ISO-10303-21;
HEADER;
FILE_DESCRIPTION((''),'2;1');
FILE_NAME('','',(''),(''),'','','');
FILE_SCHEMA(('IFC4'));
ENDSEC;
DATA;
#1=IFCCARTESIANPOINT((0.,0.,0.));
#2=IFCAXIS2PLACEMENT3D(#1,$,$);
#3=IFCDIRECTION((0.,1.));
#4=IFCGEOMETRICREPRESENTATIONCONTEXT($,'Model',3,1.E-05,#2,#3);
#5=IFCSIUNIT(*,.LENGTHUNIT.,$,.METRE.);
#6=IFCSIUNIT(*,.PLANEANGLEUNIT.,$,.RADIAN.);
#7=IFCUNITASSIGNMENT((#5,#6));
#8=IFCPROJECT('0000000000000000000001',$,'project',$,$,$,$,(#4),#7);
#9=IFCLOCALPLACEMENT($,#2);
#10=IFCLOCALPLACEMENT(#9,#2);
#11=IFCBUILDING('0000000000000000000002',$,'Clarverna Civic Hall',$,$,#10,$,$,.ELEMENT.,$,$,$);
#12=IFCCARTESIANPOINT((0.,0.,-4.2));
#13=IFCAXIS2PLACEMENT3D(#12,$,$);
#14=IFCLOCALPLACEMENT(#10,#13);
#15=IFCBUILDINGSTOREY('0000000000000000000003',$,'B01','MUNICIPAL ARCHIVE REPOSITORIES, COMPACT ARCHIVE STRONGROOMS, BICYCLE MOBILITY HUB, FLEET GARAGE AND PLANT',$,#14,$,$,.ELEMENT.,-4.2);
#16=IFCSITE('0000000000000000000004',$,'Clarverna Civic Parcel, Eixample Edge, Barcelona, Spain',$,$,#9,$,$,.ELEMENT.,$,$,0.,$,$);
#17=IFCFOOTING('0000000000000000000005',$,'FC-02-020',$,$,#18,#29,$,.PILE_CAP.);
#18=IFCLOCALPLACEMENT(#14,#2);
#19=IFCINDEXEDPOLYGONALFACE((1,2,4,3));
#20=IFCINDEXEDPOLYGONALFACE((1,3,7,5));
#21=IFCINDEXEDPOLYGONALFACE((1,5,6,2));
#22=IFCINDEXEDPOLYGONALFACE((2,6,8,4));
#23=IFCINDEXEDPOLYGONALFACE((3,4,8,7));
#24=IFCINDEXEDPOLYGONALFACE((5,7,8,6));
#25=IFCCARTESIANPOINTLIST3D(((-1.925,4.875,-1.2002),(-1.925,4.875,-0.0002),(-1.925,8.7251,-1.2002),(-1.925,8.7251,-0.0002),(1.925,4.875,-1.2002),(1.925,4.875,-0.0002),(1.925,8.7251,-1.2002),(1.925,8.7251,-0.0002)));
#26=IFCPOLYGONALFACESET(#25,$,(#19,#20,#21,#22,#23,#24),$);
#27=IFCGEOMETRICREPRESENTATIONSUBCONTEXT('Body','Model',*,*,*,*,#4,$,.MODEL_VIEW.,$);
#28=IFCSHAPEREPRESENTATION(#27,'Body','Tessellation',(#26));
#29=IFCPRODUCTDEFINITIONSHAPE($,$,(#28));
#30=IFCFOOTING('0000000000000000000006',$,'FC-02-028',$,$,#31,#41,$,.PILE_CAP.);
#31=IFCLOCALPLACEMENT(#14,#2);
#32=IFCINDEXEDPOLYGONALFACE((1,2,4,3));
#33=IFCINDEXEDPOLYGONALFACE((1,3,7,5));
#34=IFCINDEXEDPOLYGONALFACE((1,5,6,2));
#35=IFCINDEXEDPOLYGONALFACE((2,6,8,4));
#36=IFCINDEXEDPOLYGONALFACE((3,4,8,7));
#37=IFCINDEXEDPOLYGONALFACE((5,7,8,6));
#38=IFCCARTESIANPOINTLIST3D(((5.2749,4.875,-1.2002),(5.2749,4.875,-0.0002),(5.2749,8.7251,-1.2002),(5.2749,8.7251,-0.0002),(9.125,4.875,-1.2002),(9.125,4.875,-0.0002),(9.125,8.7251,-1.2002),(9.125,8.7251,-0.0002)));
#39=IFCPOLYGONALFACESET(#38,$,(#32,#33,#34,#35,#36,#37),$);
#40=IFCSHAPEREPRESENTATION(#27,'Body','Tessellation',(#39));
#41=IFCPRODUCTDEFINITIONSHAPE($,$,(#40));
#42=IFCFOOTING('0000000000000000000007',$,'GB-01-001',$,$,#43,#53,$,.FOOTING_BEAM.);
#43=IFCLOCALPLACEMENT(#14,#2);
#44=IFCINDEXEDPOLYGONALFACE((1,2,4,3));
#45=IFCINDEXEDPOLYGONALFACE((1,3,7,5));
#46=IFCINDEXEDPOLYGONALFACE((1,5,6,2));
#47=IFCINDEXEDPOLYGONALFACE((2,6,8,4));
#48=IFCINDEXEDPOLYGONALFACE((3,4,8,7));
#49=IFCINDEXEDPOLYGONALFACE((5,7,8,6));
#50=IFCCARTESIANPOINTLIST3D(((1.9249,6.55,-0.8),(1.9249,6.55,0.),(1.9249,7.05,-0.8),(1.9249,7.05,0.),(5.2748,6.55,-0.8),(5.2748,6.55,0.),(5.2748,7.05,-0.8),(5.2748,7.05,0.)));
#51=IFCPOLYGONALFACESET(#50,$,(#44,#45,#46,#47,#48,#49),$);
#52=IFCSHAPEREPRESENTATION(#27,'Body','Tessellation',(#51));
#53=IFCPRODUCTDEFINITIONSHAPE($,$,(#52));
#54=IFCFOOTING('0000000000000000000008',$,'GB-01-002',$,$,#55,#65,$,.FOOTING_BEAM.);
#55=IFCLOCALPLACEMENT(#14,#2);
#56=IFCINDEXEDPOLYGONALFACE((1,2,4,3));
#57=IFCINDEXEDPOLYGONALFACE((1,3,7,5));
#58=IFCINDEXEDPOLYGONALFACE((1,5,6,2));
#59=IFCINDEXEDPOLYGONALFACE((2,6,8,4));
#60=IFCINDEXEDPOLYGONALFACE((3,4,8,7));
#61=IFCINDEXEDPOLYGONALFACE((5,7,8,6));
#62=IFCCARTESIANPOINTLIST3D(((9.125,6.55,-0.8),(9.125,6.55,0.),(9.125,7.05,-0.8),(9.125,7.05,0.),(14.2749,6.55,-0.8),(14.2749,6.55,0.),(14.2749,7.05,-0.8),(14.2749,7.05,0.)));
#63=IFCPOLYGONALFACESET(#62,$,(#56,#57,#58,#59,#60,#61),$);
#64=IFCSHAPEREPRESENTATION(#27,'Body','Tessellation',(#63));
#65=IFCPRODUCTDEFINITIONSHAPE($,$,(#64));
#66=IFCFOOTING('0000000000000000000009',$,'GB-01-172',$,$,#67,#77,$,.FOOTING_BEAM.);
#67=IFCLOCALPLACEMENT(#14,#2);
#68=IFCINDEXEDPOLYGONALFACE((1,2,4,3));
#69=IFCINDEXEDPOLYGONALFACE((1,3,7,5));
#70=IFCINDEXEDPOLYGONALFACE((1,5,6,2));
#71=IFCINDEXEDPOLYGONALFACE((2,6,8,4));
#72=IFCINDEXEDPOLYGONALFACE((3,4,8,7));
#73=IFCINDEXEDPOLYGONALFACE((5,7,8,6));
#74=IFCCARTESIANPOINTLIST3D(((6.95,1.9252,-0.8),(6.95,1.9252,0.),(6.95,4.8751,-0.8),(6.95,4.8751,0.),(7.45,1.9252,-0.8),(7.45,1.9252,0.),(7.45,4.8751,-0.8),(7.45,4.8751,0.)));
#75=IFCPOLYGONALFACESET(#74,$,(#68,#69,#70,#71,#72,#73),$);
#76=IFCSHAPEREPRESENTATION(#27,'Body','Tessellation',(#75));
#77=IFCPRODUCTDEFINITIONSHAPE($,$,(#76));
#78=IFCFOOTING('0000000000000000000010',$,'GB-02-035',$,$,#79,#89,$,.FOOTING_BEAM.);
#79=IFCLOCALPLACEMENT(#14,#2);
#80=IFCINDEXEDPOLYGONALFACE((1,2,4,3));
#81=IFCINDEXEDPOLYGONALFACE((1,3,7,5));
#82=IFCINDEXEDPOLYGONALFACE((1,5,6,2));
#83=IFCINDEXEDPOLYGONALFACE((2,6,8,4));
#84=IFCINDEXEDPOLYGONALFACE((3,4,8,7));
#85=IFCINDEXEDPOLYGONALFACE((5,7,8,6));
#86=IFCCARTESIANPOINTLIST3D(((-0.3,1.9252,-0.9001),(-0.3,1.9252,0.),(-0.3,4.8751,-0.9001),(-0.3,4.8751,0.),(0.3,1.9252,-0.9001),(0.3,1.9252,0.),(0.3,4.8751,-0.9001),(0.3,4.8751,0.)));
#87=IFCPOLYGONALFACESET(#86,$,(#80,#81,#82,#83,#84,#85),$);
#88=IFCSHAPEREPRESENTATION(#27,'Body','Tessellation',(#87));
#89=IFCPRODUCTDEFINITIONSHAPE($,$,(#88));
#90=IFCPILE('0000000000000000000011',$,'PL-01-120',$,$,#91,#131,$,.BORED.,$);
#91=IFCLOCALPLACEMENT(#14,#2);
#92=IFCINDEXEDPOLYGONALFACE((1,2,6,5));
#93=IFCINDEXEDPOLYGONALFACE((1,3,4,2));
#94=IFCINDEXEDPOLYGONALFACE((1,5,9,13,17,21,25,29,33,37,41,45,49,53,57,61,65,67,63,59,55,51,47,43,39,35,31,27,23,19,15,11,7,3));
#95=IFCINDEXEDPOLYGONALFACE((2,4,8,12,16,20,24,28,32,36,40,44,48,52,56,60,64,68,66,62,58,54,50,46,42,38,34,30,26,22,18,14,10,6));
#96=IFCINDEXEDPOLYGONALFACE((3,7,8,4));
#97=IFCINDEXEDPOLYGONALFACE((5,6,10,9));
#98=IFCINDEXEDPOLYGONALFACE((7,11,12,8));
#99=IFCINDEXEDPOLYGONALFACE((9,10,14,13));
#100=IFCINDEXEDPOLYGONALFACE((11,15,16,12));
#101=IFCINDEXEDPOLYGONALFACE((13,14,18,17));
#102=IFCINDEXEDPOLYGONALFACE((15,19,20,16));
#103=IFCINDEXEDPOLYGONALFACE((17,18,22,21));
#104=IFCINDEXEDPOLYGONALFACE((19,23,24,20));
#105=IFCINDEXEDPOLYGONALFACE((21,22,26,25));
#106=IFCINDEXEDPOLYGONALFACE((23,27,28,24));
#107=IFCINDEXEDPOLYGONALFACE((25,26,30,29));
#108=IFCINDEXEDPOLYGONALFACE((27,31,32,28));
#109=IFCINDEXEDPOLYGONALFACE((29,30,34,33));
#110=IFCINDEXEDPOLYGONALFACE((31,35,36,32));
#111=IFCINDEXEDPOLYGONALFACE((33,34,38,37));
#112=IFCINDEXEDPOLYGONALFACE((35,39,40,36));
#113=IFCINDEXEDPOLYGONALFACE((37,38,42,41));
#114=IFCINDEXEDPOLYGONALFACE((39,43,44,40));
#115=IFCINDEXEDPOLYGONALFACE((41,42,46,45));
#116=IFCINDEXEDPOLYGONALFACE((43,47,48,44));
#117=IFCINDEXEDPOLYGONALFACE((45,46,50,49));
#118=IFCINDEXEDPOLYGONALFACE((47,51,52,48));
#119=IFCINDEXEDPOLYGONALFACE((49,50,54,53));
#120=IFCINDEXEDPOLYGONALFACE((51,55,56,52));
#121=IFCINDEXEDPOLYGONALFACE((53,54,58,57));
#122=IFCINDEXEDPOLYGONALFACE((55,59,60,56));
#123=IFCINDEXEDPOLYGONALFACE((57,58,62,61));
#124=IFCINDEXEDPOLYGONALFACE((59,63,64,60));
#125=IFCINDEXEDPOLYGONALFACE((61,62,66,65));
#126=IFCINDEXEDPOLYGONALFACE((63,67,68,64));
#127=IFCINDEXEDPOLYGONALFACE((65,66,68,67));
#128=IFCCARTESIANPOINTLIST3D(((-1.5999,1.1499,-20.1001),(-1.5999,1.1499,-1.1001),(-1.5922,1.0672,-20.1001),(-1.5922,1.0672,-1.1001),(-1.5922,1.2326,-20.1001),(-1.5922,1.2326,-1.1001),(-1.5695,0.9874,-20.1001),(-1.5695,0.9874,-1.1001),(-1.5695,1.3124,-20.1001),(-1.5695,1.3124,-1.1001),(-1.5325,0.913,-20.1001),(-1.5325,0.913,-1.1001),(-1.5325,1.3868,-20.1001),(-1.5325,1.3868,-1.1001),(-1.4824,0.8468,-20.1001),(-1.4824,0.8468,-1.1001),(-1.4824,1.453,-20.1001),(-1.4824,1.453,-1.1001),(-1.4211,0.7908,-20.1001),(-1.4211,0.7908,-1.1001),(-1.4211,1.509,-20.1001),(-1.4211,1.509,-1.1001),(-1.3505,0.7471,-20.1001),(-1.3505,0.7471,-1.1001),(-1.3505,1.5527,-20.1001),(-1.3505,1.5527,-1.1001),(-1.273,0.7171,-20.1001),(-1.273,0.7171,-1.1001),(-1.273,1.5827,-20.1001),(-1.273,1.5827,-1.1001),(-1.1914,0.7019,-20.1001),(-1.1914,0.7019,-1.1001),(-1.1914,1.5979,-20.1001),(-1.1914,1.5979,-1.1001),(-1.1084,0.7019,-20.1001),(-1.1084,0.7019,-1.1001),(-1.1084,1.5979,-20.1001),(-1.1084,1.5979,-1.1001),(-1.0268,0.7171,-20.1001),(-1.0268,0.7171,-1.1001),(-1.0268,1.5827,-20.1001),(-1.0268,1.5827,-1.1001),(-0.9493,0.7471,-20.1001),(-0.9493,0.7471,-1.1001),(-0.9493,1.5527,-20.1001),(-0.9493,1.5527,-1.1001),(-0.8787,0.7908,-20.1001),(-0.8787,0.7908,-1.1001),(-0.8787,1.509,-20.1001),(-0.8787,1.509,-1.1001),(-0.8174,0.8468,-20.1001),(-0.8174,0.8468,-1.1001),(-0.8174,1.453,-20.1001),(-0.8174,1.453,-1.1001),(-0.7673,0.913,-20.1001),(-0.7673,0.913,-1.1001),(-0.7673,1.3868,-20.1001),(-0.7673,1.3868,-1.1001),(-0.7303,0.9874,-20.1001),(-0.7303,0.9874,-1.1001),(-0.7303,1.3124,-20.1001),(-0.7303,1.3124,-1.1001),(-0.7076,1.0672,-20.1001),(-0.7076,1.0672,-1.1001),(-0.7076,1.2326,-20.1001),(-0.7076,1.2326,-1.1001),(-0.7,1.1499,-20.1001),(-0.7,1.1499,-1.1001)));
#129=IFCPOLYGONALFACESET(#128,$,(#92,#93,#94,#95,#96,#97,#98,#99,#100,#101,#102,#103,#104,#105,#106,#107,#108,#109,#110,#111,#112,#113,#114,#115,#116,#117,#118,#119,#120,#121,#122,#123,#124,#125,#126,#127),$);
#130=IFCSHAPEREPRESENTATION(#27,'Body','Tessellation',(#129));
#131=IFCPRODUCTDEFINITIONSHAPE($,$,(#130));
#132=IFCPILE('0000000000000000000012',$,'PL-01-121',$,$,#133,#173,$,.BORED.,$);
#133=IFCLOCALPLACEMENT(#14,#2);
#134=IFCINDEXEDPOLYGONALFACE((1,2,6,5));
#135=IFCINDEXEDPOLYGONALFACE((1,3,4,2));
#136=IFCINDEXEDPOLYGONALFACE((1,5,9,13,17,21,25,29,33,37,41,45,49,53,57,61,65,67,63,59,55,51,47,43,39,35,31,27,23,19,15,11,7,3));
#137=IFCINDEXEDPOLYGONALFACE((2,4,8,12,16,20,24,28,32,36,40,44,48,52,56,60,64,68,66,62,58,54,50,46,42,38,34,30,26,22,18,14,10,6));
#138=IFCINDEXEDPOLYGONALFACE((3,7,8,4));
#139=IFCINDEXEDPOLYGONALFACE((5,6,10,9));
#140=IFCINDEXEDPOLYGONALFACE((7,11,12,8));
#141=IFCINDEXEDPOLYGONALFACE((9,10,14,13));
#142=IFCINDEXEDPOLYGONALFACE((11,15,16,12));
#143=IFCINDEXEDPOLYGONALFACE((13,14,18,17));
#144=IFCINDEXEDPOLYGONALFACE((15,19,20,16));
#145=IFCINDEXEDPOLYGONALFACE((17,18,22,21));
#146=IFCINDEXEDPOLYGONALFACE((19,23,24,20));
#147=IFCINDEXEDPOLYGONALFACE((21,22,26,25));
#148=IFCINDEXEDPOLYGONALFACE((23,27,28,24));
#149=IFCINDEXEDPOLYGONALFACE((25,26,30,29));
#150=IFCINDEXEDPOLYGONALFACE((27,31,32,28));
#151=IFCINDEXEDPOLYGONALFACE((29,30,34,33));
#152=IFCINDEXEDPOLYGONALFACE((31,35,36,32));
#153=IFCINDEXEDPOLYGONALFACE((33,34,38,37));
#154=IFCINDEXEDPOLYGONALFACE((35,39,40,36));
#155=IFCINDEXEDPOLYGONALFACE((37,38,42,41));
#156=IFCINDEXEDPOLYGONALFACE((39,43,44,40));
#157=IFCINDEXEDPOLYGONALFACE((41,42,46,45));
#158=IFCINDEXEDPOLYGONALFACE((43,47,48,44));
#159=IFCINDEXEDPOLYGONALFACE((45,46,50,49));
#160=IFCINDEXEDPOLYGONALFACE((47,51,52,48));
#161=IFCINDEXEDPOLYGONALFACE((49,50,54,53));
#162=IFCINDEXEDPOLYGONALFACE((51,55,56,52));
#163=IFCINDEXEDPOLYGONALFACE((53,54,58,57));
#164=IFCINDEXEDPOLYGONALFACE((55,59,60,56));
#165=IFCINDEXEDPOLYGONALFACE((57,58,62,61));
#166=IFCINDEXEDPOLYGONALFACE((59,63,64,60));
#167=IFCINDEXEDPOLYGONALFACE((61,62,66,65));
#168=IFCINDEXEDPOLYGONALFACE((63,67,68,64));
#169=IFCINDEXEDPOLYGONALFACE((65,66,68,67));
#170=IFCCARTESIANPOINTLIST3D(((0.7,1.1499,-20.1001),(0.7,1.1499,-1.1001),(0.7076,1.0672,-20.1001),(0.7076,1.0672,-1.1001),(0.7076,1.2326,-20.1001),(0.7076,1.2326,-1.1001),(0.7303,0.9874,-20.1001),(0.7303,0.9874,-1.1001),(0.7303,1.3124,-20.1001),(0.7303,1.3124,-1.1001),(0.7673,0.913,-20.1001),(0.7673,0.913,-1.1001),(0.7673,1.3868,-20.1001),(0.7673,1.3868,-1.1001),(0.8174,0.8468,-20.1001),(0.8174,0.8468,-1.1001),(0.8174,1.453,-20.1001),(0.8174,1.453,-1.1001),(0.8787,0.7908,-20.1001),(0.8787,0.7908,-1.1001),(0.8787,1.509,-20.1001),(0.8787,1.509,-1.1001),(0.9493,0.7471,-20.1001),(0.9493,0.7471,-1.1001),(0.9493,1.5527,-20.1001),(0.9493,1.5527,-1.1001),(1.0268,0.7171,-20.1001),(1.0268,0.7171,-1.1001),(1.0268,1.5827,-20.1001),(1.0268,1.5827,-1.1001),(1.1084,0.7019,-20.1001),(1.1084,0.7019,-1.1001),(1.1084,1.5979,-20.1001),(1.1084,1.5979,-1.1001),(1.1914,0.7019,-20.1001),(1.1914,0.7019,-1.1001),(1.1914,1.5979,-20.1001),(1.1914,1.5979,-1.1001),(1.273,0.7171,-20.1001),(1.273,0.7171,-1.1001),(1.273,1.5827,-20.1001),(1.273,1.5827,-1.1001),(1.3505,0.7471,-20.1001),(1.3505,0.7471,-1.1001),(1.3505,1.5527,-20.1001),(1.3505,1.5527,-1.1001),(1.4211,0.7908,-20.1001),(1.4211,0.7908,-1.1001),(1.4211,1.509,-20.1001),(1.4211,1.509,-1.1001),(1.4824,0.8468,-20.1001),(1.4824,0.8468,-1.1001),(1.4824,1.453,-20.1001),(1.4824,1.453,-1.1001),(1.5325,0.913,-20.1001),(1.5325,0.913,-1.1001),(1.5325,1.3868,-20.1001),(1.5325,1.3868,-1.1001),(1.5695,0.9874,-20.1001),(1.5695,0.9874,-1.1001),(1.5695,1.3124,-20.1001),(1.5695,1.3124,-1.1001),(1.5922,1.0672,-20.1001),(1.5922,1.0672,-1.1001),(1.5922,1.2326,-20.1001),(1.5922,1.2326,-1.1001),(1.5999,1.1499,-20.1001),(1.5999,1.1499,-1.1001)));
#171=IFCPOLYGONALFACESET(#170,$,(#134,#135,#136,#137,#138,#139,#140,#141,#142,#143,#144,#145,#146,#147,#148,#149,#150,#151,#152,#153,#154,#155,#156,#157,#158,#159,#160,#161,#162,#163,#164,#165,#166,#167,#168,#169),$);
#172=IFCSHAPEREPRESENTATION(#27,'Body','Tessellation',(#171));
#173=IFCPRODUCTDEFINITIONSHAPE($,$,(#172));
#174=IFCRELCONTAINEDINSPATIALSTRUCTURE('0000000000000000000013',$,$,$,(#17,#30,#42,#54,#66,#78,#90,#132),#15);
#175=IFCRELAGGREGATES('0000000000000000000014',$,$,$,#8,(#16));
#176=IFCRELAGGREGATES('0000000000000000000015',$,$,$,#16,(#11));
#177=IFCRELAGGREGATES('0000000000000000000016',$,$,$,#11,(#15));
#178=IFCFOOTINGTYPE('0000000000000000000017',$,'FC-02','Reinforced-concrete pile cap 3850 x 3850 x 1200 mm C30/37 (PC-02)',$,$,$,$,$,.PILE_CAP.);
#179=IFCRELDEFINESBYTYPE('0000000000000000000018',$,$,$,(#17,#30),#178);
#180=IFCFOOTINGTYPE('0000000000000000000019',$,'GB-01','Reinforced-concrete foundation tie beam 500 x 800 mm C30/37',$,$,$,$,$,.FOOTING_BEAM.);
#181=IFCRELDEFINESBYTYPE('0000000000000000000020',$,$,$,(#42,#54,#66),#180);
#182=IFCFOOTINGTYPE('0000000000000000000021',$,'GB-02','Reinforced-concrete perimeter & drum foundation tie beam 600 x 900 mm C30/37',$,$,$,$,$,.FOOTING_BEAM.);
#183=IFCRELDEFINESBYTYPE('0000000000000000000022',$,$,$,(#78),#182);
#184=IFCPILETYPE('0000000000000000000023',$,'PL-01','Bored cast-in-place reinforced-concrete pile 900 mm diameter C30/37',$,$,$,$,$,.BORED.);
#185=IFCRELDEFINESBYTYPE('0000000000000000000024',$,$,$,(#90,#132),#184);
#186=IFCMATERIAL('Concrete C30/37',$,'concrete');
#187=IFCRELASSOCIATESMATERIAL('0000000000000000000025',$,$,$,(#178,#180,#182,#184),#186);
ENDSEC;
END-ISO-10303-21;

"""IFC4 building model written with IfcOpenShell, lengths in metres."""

from ifc_helpers import new_model, si_unit, direction, frame, frame_2d, origin, origin_2d, place, context, subcontext, project, spatial, rectangle, circle, extrude, material, material_profile, profile_set, type_object, element, save


model = new_model("IFC4")

# Units and contexts
model_context = context("Model", 3, precision=1e-05, world=origin(), true_north=direction((0.0, 1.0)))
body_context = subcontext(model_context, "Body", "Model", "MODEL_VIEW")
ifc_project = project(units=[si_unit("LENGTHUNIT", "METRE"), si_unit("PLANEANGLEUNIT", "RADIAN")], contexts=[model_context])

# Site, building, storey
site_placement = place(None, origin())
site = spatial("IfcSite", under=ifc_project, at=site_placement, Name="Clarverna Civic Parcel, Eixample Edge, Barcelona, Spain", CompositionType="ELEMENT", RefElevation=0.0)
building_placement = place(site_placement, origin())
building = spatial("IfcBuilding", under=site, at=building_placement, Name="Clarverna Civic Hall", CompositionType="ELEMENT")
storey_placement = place(building_placement, frame((0.0, 0.0, -4.2)))
storey = spatial("IfcBuildingStorey", under=building, at=storey_placement, Name="B01", Description="MUNICIPAL ARCHIVE REPOSITORIES, COMPACT ARCHIVE STRONGROOMS, BICYCLE MOBILITY HUB, FLEET GARAGE AND PLANT", CompositionType="ELEMENT", Elevation=-4.2)

# Footings
ifc_material_1 = material(Name="Concrete C30/37", Category="concrete")
footing_type_1 = type_object("IfcFootingType", Name="FC-02", Description="Reinforced-concrete pile cap 3850 x 3850 x 1200 mm C30/37 (PC-02)", PredefinedType="PILE_CAP", material=ifc_material_1)
for number, where, z_axis, x_axis, name in (
    (1, (0.0, 6.8, -1.2002), (0.0, 0.0, 1.0), (1.0, 0.0, 0.0), "FC-02-020"),
    (2, (7.2, 6.8, -1.2002), (0.0, 0.0, 1.0), (1.0, 0.0, 0.0), "FC-02-028"),
):
    element("IfcFooting", number, at=place(storey_placement, frame(where, z_axis=z_axis, x_axis=x_axis)), inside=storey, type_object=footing_type_1, Name=name, PredefinedType="PILE_CAP", context=body_context, shape_type="SweptSolid", body=[
        extrude(rectangle(XDim=3.8501, YDim=3.8501, at=origin_2d()), origin(), (0.0, 0.0, 1.0), 1.2),
    ])
footing_type_2 = type_object("IfcFootingType", Name="GB-01", Description="Reinforced-concrete foundation tie beam 500 x 800 mm C30/37", PredefinedType="FOOTING_BEAM", material=ifc_material_1)
footing_1_placement = place(storey_placement, frame((1.925, 6.8, -0.8), z_axis=(0.0, 0.0, 1.0), x_axis=(1.0, 0.0, 0.0)))
element("IfcFooting", 3, at=footing_1_placement, inside=storey, type_object=footing_type_2, Name="GB-01-001", PredefinedType="FOOTING_BEAM", context=body_context, shape_type="SweptSolid", body=[
    extrude(rectangle(XDim=3.3499, YDim=0.5, at=frame_2d((1.6748, 0.0))), origin(), (0.0, 0.0, 1.0), 0.8),
])
footing_2_placement = place(storey_placement, frame((9.125, 6.8, -0.8), z_axis=(0.0, 0.0, 1.0), x_axis=(1.0, 0.0, 0.0)))
element("IfcFooting", 4, at=footing_2_placement, inside=storey, type_object=footing_type_2, Name="GB-01-002", PredefinedType="FOOTING_BEAM", context=body_context, shape_type="SweptSolid", body=[
    extrude(rectangle(XDim=5.1499, YDim=0.5, at=frame_2d((2.575, 0.0))), origin(), (0.0, 0.0, 1.0), 0.8),
])
footing_3_placement = place(storey_placement, frame((7.2, 1.925, -0.8), z_axis=(0.0, 0.0, 1.0), x_axis=(0.0, 1.0, 0.0)))
element("IfcFooting", 5, at=footing_3_placement, inside=storey, type_object=footing_type_2, Name="GB-01-172", PredefinedType="FOOTING_BEAM", context=body_context, shape_type="SweptSolid", body=[
    extrude(rectangle(XDim=2.95, YDim=0.5, at=frame_2d((1.4751, 0.0))), origin(), (0.0, 0.0, 1.0), 0.8),
])
footing_type_3 = type_object("IfcFootingType", Name="GB-02", Description="Reinforced-concrete perimeter & drum foundation tie beam 600 x 900 mm C30/37", PredefinedType="FOOTING_BEAM", material=ifc_material_1)
footing_4_placement = place(storey_placement, frame((0.0, 1.925, -0.9001), z_axis=(0.0, 0.0, 1.0), x_axis=(0.0, 1.0, 0.0)))
element("IfcFooting", 6, at=footing_4_placement, inside=storey, type_object=footing_type_3, Name="GB-02-035", PredefinedType="FOOTING_BEAM", context=body_context, shape_type="SweptSolid", body=[
    extrude(rectangle(XDim=2.95, YDim=0.6001, at=frame_2d((1.4751, 0.0))), origin(), (0.0, 0.0, 1.0), 0.9001),
])

# Piles
ifc_material_profile_1 = material_profile(ifc_material_1, circle(Radius=0.45, at=origin_2d()), Name="BORED PILE D900")
ifc_profile_set_1 = profile_set([ifc_material_profile_1], Name="Concrete C30/37")
pile_type = type_object("IfcPileType", Name="PL-01", Description="Bored cast-in-place reinforced-concrete pile 900 mm diameter C30/37", PredefinedType="BORED", material=ifc_profile_set_1)
for number, where, z_axis, x_axis, name in (
    (7, (-1.1499, 1.1499, -1.1001), (0.0, 0.0, -1.0), (1.0, 0.0, 0.0), "PL-01-120"),
    (8, (1.1499, 1.1499, -1.1001), (0.0, 0.0, -1.0), (1.0, 0.0, 0.0), "PL-01-121"),
):
    element("IfcPile", number, at=place(storey_placement, frame(where, z_axis=z_axis, x_axis=x_axis)), inside=storey, type_object=pile_type, Name=name, PredefinedType="BORED", context=body_context, shape_type="SweptSolid", body=[
        extrude(circle(Radius=0.45, at=origin_2d()), origin(), (0.0, 0.0, 1.0), 19.0),
    ])

save(model, "model.ifc")
